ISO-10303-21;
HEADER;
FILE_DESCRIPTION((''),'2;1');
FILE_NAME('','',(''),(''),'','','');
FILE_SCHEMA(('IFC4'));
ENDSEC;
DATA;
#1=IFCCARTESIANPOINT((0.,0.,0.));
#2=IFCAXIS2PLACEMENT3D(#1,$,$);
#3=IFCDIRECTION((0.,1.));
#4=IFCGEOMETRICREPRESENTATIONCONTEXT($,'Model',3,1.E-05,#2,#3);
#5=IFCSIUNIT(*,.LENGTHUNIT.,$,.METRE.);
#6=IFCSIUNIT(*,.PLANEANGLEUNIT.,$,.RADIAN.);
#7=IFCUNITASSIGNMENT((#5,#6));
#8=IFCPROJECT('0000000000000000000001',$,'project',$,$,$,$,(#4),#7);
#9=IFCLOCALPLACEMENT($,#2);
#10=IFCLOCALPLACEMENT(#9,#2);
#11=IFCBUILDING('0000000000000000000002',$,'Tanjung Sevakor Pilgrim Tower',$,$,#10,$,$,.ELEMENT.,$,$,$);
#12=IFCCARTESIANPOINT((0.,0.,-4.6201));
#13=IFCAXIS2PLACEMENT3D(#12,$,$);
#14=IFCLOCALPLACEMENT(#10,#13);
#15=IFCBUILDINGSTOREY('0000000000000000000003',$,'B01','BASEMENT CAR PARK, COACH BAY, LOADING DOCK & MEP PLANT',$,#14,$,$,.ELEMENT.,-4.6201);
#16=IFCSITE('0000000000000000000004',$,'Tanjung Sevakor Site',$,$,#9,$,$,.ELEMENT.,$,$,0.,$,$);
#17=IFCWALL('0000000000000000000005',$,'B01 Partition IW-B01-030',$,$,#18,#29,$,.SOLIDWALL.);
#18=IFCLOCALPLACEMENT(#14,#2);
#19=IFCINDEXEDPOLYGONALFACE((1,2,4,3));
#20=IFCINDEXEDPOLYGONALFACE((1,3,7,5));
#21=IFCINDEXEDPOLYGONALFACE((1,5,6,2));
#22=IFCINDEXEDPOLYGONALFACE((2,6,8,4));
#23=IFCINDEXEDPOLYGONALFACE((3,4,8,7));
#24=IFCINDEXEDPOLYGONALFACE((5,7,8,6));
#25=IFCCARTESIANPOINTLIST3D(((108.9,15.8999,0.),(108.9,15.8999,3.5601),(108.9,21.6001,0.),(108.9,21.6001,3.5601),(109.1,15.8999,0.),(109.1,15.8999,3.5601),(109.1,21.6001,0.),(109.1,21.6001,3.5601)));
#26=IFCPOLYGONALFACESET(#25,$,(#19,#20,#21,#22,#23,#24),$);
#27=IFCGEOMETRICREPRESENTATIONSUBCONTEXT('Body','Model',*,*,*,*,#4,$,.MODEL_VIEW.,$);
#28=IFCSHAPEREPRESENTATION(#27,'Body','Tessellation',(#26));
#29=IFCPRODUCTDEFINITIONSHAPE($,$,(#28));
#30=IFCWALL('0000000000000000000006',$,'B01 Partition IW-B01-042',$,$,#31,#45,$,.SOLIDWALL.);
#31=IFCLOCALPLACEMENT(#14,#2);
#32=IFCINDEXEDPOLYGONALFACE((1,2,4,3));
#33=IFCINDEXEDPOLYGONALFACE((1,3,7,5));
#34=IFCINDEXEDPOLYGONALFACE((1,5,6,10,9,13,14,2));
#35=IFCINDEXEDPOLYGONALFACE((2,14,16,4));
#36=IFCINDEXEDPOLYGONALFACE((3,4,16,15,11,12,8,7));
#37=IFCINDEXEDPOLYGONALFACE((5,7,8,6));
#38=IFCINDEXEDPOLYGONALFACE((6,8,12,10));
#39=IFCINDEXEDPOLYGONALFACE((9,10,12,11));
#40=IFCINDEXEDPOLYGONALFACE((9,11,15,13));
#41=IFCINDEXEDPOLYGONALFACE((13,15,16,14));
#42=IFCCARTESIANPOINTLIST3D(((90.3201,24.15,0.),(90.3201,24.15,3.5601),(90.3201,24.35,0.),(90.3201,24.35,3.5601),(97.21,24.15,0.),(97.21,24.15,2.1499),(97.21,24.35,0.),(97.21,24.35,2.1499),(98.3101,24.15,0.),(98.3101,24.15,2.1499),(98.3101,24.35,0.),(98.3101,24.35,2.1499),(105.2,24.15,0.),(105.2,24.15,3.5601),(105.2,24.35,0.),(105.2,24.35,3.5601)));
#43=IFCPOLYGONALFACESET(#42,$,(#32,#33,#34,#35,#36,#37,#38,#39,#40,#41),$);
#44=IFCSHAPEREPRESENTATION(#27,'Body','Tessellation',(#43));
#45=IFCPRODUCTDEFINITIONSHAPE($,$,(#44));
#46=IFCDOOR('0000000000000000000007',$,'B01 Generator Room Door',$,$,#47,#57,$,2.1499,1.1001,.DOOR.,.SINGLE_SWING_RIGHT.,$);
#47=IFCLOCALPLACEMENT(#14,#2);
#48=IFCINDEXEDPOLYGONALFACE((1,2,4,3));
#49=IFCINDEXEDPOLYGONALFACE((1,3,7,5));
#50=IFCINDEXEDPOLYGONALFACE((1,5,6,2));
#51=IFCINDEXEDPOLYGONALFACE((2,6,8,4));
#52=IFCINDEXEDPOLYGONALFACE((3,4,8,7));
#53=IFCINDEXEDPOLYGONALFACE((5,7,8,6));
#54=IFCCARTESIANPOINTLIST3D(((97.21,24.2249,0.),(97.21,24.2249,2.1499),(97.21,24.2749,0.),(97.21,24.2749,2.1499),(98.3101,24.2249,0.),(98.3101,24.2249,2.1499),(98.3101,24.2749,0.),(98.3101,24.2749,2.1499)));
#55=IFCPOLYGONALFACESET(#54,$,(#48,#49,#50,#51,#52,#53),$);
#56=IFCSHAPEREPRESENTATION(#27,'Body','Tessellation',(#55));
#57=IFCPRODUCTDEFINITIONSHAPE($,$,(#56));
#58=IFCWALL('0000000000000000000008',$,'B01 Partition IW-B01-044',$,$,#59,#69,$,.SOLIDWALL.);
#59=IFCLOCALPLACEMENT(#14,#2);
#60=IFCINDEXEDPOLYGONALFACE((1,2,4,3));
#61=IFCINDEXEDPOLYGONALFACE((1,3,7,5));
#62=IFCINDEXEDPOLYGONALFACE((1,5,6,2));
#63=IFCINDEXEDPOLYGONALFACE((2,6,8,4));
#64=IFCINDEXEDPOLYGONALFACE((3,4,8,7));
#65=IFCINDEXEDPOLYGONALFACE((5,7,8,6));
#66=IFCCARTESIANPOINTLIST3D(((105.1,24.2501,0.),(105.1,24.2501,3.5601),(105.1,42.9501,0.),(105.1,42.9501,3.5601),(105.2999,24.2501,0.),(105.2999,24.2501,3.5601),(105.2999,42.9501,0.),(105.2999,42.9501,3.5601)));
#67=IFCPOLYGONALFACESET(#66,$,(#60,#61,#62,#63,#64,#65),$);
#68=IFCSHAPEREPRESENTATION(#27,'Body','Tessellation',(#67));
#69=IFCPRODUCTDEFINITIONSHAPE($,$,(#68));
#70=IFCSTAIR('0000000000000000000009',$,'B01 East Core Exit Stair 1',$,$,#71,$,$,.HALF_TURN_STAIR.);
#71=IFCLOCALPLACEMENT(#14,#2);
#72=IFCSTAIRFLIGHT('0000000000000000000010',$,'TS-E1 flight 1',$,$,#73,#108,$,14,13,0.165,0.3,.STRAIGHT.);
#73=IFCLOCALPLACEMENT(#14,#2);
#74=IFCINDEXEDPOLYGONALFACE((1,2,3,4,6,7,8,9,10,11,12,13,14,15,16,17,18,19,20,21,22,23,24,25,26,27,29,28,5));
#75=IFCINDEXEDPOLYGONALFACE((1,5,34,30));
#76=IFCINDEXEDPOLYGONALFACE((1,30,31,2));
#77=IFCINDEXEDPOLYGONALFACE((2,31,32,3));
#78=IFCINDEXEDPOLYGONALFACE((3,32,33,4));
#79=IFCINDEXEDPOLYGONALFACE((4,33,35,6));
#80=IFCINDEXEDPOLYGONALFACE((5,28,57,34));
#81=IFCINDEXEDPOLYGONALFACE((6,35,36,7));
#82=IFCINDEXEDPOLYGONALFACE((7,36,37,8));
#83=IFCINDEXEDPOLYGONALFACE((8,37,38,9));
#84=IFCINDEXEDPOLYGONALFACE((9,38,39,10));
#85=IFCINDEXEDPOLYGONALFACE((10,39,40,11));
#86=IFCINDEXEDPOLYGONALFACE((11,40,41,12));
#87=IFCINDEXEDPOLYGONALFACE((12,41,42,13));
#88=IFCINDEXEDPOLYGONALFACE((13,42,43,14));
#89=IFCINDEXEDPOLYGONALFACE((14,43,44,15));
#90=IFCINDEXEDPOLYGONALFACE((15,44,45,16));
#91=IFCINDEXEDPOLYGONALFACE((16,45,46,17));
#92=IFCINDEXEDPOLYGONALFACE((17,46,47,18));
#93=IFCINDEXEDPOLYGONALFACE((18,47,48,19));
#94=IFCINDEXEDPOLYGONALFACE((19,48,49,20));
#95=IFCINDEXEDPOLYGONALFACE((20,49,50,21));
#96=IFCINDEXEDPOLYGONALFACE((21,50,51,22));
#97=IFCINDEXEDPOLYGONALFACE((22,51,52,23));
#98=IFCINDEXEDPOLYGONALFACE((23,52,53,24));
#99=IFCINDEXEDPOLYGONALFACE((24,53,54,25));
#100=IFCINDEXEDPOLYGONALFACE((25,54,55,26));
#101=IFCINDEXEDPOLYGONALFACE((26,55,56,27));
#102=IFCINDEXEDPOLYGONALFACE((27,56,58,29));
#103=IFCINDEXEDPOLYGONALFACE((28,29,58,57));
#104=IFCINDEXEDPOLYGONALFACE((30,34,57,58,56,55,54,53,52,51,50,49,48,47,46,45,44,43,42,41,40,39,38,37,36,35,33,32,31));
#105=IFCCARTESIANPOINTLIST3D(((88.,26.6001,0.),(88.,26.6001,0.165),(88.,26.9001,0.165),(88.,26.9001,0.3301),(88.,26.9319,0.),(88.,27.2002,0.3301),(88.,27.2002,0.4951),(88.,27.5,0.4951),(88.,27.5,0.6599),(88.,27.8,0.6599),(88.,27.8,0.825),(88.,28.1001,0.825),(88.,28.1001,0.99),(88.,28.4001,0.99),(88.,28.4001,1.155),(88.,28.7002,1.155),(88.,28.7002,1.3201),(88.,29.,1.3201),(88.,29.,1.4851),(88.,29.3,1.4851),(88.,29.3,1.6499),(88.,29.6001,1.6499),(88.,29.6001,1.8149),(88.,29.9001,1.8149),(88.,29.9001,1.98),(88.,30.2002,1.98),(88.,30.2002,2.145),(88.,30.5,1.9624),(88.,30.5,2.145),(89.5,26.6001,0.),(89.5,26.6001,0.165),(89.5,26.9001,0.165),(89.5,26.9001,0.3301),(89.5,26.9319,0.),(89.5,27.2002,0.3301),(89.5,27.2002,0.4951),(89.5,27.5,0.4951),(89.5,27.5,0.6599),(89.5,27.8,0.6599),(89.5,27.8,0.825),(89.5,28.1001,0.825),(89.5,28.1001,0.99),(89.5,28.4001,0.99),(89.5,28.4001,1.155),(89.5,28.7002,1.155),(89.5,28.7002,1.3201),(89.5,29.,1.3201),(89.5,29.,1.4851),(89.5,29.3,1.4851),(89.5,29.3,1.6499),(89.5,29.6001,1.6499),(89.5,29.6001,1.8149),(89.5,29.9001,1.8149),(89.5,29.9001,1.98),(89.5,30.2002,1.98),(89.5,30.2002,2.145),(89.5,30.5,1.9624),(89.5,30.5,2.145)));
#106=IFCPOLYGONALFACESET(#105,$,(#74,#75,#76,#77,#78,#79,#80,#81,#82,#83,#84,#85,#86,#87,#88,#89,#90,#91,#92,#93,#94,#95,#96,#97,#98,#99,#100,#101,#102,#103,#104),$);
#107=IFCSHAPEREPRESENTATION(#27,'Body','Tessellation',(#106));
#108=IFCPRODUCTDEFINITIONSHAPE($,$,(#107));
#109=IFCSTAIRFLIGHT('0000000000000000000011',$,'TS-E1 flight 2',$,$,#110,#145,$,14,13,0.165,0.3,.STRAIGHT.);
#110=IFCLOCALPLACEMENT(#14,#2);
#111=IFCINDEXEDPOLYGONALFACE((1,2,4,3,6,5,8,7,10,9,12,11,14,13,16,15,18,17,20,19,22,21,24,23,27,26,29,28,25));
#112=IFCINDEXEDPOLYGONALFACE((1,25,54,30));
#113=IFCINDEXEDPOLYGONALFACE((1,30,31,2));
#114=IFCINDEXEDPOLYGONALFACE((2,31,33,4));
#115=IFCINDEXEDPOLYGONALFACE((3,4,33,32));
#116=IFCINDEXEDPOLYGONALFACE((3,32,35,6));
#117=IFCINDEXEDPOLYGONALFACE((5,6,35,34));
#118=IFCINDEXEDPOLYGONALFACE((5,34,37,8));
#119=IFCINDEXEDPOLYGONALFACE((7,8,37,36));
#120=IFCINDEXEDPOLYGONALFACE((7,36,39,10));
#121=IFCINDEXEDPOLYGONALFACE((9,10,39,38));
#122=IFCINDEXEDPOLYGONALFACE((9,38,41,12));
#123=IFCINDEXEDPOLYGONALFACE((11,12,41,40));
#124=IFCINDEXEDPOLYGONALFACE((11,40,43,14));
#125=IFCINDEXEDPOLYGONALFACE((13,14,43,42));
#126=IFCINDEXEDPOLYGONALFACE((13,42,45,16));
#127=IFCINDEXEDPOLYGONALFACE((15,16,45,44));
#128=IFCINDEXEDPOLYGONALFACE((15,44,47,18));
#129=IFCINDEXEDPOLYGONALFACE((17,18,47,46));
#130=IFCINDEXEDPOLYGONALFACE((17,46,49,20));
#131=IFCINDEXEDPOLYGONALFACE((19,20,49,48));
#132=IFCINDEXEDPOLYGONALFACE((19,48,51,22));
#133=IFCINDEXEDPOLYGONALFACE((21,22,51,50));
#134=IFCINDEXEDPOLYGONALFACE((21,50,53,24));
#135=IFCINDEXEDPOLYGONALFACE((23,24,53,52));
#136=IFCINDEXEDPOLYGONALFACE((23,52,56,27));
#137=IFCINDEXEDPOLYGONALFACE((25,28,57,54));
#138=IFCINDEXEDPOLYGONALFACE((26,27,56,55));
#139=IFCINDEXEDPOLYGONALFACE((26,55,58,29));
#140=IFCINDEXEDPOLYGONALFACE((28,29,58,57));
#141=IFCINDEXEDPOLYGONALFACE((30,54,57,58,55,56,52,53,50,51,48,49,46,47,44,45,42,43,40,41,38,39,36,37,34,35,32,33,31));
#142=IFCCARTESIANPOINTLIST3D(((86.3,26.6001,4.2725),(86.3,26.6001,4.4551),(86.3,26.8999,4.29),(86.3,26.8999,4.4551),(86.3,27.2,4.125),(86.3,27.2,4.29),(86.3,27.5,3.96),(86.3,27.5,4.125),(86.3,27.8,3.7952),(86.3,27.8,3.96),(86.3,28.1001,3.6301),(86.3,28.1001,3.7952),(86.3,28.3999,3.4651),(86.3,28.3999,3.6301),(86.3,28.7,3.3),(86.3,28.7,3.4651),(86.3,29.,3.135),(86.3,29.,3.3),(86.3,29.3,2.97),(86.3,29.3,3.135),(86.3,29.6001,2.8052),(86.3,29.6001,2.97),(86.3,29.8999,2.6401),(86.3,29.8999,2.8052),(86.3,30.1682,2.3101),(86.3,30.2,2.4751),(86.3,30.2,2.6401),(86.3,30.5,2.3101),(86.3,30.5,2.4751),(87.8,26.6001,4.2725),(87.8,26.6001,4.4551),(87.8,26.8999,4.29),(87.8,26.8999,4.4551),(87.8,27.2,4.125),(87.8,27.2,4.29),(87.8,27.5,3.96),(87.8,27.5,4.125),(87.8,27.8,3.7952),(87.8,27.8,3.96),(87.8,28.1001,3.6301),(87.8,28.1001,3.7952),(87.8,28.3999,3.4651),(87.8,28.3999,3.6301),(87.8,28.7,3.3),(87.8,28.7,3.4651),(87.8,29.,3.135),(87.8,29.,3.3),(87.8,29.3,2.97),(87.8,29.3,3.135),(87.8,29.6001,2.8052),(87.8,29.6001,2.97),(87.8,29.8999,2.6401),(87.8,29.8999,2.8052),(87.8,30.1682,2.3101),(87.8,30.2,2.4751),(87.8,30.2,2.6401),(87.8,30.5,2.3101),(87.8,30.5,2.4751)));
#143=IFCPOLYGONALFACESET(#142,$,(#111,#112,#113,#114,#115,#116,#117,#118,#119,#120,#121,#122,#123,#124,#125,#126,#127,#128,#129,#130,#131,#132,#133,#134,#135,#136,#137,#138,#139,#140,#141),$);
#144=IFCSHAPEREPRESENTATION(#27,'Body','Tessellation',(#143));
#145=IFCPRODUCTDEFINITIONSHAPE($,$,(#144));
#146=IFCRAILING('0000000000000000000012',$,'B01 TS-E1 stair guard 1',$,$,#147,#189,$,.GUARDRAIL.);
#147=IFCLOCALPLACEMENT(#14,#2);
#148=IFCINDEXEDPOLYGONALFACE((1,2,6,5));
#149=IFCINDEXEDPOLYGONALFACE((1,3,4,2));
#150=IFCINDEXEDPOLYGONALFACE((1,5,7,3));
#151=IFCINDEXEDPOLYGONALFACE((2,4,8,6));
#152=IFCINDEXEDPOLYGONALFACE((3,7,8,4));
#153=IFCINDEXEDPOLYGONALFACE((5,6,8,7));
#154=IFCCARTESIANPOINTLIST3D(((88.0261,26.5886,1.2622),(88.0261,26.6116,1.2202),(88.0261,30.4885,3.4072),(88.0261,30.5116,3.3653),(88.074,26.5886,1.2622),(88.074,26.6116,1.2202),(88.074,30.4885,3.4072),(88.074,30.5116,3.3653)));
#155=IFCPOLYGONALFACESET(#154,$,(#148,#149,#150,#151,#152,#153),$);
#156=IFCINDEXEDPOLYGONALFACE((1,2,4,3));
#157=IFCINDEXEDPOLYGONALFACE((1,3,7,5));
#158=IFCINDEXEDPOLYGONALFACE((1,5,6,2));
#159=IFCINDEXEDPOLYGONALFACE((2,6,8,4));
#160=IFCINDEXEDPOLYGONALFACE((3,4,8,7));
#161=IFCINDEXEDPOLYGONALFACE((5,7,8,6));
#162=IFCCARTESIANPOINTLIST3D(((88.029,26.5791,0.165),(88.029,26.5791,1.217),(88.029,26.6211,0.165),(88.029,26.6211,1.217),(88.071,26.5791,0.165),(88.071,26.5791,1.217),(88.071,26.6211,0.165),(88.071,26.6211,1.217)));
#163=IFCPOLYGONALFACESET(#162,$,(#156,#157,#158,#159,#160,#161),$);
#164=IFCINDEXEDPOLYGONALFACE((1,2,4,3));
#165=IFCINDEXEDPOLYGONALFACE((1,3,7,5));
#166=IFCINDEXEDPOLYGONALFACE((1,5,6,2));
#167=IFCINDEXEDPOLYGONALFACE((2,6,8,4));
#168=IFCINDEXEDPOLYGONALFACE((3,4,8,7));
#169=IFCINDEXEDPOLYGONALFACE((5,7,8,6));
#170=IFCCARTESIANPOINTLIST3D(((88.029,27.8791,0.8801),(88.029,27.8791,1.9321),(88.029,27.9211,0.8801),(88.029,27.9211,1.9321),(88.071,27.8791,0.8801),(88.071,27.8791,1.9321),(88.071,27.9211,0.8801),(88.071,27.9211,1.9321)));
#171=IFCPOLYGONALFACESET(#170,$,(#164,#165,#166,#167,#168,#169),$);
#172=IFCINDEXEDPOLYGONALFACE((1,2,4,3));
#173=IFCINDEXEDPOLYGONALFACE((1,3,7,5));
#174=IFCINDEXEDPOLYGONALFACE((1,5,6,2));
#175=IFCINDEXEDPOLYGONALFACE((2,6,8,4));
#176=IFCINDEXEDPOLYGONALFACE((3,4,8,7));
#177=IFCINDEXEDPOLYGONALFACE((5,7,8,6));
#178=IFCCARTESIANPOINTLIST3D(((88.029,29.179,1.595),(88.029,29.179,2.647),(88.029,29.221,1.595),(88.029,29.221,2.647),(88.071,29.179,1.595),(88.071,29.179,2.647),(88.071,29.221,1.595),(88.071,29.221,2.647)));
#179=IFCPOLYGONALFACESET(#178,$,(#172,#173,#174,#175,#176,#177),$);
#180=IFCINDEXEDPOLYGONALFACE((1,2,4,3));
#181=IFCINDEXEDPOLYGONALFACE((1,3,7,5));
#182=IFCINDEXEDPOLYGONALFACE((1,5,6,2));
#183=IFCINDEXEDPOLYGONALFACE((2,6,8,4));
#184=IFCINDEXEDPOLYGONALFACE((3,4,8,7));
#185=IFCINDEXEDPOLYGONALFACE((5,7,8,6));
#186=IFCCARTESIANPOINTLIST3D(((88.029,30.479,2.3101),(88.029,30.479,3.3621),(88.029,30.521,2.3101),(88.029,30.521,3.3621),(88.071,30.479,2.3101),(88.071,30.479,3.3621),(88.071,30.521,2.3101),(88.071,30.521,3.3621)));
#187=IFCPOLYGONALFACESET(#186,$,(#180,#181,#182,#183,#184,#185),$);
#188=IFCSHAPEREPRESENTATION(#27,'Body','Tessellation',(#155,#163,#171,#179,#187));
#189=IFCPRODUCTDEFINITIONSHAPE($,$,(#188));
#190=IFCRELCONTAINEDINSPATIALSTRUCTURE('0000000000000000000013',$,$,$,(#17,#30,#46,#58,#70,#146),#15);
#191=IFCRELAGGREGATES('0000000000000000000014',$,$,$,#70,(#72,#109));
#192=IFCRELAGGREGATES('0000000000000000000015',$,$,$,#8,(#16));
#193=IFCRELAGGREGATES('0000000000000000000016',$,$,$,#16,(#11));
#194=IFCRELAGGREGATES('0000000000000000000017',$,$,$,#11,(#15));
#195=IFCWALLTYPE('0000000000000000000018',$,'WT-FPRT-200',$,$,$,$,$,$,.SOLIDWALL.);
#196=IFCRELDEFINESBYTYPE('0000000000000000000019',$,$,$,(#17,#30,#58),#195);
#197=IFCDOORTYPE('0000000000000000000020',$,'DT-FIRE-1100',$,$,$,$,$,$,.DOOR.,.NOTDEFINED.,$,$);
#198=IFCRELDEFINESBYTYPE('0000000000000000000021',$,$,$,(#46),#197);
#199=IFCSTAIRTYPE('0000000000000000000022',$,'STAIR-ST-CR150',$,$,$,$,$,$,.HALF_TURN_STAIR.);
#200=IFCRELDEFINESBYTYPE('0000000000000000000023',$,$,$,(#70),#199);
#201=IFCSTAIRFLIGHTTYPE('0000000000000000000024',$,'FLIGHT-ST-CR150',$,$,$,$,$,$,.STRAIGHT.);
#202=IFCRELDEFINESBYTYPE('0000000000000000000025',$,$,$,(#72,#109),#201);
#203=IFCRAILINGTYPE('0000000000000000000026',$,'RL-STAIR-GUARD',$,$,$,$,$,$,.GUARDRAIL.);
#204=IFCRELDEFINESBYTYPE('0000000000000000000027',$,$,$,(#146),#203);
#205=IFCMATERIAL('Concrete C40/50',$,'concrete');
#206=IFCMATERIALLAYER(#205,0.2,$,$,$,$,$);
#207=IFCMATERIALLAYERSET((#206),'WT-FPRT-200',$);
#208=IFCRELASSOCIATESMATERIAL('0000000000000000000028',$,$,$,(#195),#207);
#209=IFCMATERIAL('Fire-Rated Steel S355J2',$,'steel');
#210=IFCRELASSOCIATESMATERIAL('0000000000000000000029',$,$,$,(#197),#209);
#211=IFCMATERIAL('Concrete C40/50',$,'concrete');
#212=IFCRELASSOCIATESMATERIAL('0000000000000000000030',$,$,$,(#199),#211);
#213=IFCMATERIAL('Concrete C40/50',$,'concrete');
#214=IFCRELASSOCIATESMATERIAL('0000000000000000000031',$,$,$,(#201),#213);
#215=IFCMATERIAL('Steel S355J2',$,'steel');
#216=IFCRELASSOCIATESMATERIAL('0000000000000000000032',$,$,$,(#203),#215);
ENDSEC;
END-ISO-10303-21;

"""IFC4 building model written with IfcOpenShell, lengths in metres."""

from ifc_helpers import new_model, si_unit, direction, frame, frame_2d, origin, place, context, subcontext, project, spatial, polyline, rectangle, outline, extrude, material, layer, layer_set, type_object, element, fill, aggregate, save


model = new_model("IFC4")

# Units and contexts
model_context = context("Model", 3, precision=1e-05, world=origin(), true_north=direction((0.0, 1.0)))
body_context = subcontext(model_context, "Body", "Model", "MODEL_VIEW")
ifc_project = project(units=[si_unit("LENGTHUNIT", "METRE"), si_unit("PLANEANGLEUNIT", "RADIAN")], contexts=[model_context])

# Site, building, storey
site_placement = place(None, origin())
site = spatial("IfcSite", under=ifc_project, at=site_placement, Name="Tanjung Sevakor Site", CompositionType="ELEMENT", RefElevation=0.0)
building_placement = place(site_placement, origin())
building = spatial("IfcBuilding", under=site, at=building_placement, Name="Tanjung Sevakor Pilgrim Tower", CompositionType="ELEMENT")
storey_placement = place(building_placement, frame((0.0, 0.0, -4.6201)))
storey = spatial("IfcBuildingStorey", under=building, at=storey_placement, Name="B01", Description="BASEMENT CAR PARK, COACH BAY, LOADING DOCK & MEP PLANT", CompositionType="ELEMENT", Elevation=-4.6201)

# Wall
ifc_material_1 = material(Name="Concrete C40/50", Category="concrete")
ifc_layer_1 = layer(ifc_material_1, 0.2)
ifc_layer_set_1 = layer_set([ifc_layer_1], Name="WT-FPRT-200")
wall_type_1 = type_object("IfcWallType", Name="WT-FPRT-200", PredefinedType="SOLIDWALL", material=ifc_layer_set_1)
for number, where, z_axis, x_axis, name in (
    (1, (109.0, 15.8999, 0.0), (0.0, 0.0, 1.0), (0.0, 1.0, 0.0), "B01 Partition IW-B01-030"),
):
    element("IfcWall", number, at=place(storey_placement, frame(where, z_axis=z_axis, x_axis=x_axis)), inside=storey, type_object=wall_type_1, Name=name, PredefinedType="SOLIDWALL", context=body_context, shape_type="SweptSolid", body=[
        extrude(rectangle(XDim=5.7002, YDim=0.2, at=frame_2d((2.8501, 0.0))), origin(), (0.0, 0.0, 1.0), 3.5601),
    ])

# Wall, opening, door
wall_1_placement = place(storey_placement, frame((90.3201, 24.25, 0.0), z_axis=(0.0, 0.0, 1.0), x_axis=(1.0, 0.0, 0.0)))
wall_1 = element("IfcWall", 2, at=wall_1_placement, inside=storey, type_object=wall_type_1, Name="B01 Partition IW-B01-042", PredefinedType="SOLIDWALL", context=body_context, shape_type="SweptSolid", body=[
    extrude(rectangle(XDim=14.8799, YDim=0.2, at=frame_2d((7.4399, 0.0))), origin(), (0.0, 0.0, 1.0), 3.5601),
])
opening_1_placement = place(wall_1_placement, frame((6.8899, 0.0, 0.0)))
opening_1 = element("IfcOpeningElement", 3, at=opening_1_placement, cuts=wall_1, PredefinedType="OPENING", context=body_context, shape_type="SweptSolid", body=[
    extrude(rectangle(XDim=1.1001, YDim=2.1499, at=frame_2d((0.55, 1.075))), frame((0.0, 0.1099, 0.0), z_axis=(0.0, -1.0, 0.0), x_axis=(1.0, 0.0, 0.0)), (0.0, 0.0, 1.0), 0.22),
])
ifc_material_2 = material(Name="Fire-Rated Steel S355J2", Category="steel")
door_type_1 = type_object("IfcDoorType", Name="DT-FIRE-1100", OperationType="NOTDEFINED", PredefinedType="DOOR", material=ifc_material_2)
door_1_placement = place(opening_1_placement, origin())
door_1 = element("IfcDoor", 4, at=door_1_placement, inside=storey, type_object=door_type_1, Name="B01 Generator Room Door", OperationType="SINGLE_SWING_RIGHT", OverallHeight=2.1499, OverallWidth=1.1001, PredefinedType="DOOR", context=body_context, shape_type="SweptSolid", body=[
    extrude(rectangle(XDim=1.1001, YDim=2.1499, at=frame_2d((0.55, 1.075))), frame((0.0, 0.0249, 0.0), z_axis=(0.0, -1.0, 0.0), x_axis=(1.0, 0.0, 0.0)), (0.0, 0.0, 1.0), 0.05),
])
fill(opening_1, door_1)

# Wall
wall_2_placement = place(storey_placement, frame((105.2, 24.25, 0.0), z_axis=(0.0, 0.0, 1.0), x_axis=(0.0, 1.0, 0.0)))
element("IfcWall", 5, at=wall_2_placement, inside=storey, type_object=wall_type_1, Name="B01 Partition IW-B01-044", PredefinedType="SOLIDWALL", context=body_context, shape_type="SweptSolid", body=[
    extrude(rectangle(XDim=18.7, YDim=0.2, at=frame_2d((9.3501, 0.0))), origin(), (0.0, 0.0, 1.0), 3.5601),
])

# Stair, stair flights
ifc_material_3 = material(Name="Concrete C40/50", Category="concrete")
stair_type = type_object("IfcStairType", Name="STAIR-ST-CR150", PredefinedType="HALF_TURN_STAIR", material=ifc_material_3)
stair_placement = place(storey_placement, origin())
stair = element("IfcStair", 6, at=stair_placement, inside=storey, type_object=stair_type, Name="B01 East Core Exit Stair 1", PredefinedType="HALF_TURN_STAIR")
ifc_material_4 = material(Name="Concrete C40/50", Category="concrete")
stair_flight_type = type_object("IfcStairFlightType", Name="FLIGHT-ST-CR150", PredefinedType="STRAIGHT", material=ifc_material_4)
stair_flight_1_placement = place(storey_placement, frame((88.75, 26.6001, 0.0), z_axis=(0.0, 0.0, 1.0), x_axis=(0.0, 1.0, 0.0)))
stair_flight_1 = element("IfcStairFlight", 7, at=stair_flight_1_placement, type_object=stair_flight_type, Name="TS-E1 flight 1", NumberOfRisers=14, NumberOfTreads=13, PredefinedType="STRAIGHT", RiserHeight=0.165, TreadLength=0.3, context=body_context, shape_type="SweptSolid", body=[
    extrude(outline(polyline([(0.0, 0.0), (0.0, 0.165), (0.3, 0.165), (0.3, 0.3301), (0.6001, 0.3301), (0.6001, 0.4951), (0.8999, 0.4951), (0.8999, 0.6599), (1.2, 0.6599), (1.2, 0.825), (1.5, 0.825), (1.5, 0.99), (1.8, 0.99), (1.8, 1.155), (2.1001, 1.155), (2.1001, 1.3201), (2.3999, 1.3201), (2.3999, 1.4851), (2.7, 1.4851), (2.7, 1.6499), (3.0, 1.6499), (3.0, 1.8149), (3.3, 1.8149), (3.3, 1.98), (3.6001, 1.98), (3.6001, 2.145), (3.8999, 2.145), (3.8999, 2.3101), (3.8999, 1.9624), (0.3318, 0.0), (0.0, 0.0)])), frame((0.0, 0.75, 0.0), z_axis=(0.0, -1.0, 0.0), x_axis=(1.0, 0.0, 0.0)), (0.0, 0.0, 1.0), 1.5),
])
stair_flight_2_placement = place(storey_placement, frame((87.05, 30.5, 2.3101), z_axis=(0.0, 0.0, 1.0), x_axis=(0.0, -1.0, 0.0)))
stair_flight_2 = element("IfcStairFlight", 8, at=stair_flight_2_placement, type_object=stair_flight_type, Name="TS-E1 flight 2", NumberOfRisers=14, NumberOfTreads=13, PredefinedType="STRAIGHT", RiserHeight=0.165, TreadLength=0.3, context=body_context, shape_type="SweptSolid", body=[
    extrude(outline(polyline([(0.0, 0.0), (0.0, 0.165), (0.3, 0.165), (0.3, 0.3301), (0.6001, 0.3301), (0.6001, 0.4951), (0.8999, 0.4951), (0.8999, 0.6599), (1.2, 0.6599), (1.2, 0.825), (1.5, 0.825), (1.5, 0.99), (1.8, 0.99), (1.8, 1.155), (2.1001, 1.155), (2.1001, 1.3201), (2.3999, 1.3201), (2.3999, 1.4851), (2.7, 1.4851), (2.7, 1.6499), (3.0, 1.6499), (3.0, 1.8149), (3.3, 1.8149), (3.3, 1.98), (3.6001, 1.98), (3.6001, 2.145), (3.8999, 2.145), (3.8999, 2.3101), (3.8999, 1.9624), (0.3318, 0.0), (0.0, 0.0)])), frame((0.0, 0.75, 0.0), z_axis=(0.0, -1.0, 0.0), x_axis=(1.0, 0.0, 0.0)), (0.0, 0.0, 1.0), 1.5),
])
aggregate(stair, [stair_flight_1, stair_flight_2])

# Railing
ifc_material_5 = material(Name="Steel S355J2", Category="steel")
railing_type_1 = type_object("IfcRailingType", Name="RL-STAIR-GUARD", PredefinedType="GUARDRAIL", material=ifc_material_5)
railing_1_placement = place(storey_placement, frame((88.05, 26.6001, 0.165)))
element("IfcRailing", 9, at=railing_1_placement, inside=storey, type_object=railing_type_1, Name="B01 TS-E1 stair guard 1", PredefinedType="GUARDRAIL", context=body_context, shape_type="SweptSolid", body=[
    extrude(rectangle(XDim=0.0479, YDim=0.0479), frame((0.0, 0.0, 1.0762), z_axis=(0.0, 0.876209, 0.481931), x_axis=(-1.0, 0.0, 0.0)), (0.0, 0.0, 1.0), 4.4509),
    extrude(rectangle(XDim=0.042, YDim=0.042), origin(), (0.0, 0.0, 1.0), 1.052),
    extrude(rectangle(XDim=0.042, YDim=0.042), frame((0.0, 1.3, 0.7151)), (0.0, 0.0, 1.0), 1.052),
    extrude(rectangle(XDim=0.042, YDim=0.042), frame((0.0, 2.5999, 1.4299)), (0.0, 0.0, 1.0), 1.052),
    extrude(rectangle(XDim=0.042, YDim=0.042), frame((0.0, 3.8999, 2.145)), (0.0, 0.0, 1.0), 1.052),
])

save(model, "model.ifc")
